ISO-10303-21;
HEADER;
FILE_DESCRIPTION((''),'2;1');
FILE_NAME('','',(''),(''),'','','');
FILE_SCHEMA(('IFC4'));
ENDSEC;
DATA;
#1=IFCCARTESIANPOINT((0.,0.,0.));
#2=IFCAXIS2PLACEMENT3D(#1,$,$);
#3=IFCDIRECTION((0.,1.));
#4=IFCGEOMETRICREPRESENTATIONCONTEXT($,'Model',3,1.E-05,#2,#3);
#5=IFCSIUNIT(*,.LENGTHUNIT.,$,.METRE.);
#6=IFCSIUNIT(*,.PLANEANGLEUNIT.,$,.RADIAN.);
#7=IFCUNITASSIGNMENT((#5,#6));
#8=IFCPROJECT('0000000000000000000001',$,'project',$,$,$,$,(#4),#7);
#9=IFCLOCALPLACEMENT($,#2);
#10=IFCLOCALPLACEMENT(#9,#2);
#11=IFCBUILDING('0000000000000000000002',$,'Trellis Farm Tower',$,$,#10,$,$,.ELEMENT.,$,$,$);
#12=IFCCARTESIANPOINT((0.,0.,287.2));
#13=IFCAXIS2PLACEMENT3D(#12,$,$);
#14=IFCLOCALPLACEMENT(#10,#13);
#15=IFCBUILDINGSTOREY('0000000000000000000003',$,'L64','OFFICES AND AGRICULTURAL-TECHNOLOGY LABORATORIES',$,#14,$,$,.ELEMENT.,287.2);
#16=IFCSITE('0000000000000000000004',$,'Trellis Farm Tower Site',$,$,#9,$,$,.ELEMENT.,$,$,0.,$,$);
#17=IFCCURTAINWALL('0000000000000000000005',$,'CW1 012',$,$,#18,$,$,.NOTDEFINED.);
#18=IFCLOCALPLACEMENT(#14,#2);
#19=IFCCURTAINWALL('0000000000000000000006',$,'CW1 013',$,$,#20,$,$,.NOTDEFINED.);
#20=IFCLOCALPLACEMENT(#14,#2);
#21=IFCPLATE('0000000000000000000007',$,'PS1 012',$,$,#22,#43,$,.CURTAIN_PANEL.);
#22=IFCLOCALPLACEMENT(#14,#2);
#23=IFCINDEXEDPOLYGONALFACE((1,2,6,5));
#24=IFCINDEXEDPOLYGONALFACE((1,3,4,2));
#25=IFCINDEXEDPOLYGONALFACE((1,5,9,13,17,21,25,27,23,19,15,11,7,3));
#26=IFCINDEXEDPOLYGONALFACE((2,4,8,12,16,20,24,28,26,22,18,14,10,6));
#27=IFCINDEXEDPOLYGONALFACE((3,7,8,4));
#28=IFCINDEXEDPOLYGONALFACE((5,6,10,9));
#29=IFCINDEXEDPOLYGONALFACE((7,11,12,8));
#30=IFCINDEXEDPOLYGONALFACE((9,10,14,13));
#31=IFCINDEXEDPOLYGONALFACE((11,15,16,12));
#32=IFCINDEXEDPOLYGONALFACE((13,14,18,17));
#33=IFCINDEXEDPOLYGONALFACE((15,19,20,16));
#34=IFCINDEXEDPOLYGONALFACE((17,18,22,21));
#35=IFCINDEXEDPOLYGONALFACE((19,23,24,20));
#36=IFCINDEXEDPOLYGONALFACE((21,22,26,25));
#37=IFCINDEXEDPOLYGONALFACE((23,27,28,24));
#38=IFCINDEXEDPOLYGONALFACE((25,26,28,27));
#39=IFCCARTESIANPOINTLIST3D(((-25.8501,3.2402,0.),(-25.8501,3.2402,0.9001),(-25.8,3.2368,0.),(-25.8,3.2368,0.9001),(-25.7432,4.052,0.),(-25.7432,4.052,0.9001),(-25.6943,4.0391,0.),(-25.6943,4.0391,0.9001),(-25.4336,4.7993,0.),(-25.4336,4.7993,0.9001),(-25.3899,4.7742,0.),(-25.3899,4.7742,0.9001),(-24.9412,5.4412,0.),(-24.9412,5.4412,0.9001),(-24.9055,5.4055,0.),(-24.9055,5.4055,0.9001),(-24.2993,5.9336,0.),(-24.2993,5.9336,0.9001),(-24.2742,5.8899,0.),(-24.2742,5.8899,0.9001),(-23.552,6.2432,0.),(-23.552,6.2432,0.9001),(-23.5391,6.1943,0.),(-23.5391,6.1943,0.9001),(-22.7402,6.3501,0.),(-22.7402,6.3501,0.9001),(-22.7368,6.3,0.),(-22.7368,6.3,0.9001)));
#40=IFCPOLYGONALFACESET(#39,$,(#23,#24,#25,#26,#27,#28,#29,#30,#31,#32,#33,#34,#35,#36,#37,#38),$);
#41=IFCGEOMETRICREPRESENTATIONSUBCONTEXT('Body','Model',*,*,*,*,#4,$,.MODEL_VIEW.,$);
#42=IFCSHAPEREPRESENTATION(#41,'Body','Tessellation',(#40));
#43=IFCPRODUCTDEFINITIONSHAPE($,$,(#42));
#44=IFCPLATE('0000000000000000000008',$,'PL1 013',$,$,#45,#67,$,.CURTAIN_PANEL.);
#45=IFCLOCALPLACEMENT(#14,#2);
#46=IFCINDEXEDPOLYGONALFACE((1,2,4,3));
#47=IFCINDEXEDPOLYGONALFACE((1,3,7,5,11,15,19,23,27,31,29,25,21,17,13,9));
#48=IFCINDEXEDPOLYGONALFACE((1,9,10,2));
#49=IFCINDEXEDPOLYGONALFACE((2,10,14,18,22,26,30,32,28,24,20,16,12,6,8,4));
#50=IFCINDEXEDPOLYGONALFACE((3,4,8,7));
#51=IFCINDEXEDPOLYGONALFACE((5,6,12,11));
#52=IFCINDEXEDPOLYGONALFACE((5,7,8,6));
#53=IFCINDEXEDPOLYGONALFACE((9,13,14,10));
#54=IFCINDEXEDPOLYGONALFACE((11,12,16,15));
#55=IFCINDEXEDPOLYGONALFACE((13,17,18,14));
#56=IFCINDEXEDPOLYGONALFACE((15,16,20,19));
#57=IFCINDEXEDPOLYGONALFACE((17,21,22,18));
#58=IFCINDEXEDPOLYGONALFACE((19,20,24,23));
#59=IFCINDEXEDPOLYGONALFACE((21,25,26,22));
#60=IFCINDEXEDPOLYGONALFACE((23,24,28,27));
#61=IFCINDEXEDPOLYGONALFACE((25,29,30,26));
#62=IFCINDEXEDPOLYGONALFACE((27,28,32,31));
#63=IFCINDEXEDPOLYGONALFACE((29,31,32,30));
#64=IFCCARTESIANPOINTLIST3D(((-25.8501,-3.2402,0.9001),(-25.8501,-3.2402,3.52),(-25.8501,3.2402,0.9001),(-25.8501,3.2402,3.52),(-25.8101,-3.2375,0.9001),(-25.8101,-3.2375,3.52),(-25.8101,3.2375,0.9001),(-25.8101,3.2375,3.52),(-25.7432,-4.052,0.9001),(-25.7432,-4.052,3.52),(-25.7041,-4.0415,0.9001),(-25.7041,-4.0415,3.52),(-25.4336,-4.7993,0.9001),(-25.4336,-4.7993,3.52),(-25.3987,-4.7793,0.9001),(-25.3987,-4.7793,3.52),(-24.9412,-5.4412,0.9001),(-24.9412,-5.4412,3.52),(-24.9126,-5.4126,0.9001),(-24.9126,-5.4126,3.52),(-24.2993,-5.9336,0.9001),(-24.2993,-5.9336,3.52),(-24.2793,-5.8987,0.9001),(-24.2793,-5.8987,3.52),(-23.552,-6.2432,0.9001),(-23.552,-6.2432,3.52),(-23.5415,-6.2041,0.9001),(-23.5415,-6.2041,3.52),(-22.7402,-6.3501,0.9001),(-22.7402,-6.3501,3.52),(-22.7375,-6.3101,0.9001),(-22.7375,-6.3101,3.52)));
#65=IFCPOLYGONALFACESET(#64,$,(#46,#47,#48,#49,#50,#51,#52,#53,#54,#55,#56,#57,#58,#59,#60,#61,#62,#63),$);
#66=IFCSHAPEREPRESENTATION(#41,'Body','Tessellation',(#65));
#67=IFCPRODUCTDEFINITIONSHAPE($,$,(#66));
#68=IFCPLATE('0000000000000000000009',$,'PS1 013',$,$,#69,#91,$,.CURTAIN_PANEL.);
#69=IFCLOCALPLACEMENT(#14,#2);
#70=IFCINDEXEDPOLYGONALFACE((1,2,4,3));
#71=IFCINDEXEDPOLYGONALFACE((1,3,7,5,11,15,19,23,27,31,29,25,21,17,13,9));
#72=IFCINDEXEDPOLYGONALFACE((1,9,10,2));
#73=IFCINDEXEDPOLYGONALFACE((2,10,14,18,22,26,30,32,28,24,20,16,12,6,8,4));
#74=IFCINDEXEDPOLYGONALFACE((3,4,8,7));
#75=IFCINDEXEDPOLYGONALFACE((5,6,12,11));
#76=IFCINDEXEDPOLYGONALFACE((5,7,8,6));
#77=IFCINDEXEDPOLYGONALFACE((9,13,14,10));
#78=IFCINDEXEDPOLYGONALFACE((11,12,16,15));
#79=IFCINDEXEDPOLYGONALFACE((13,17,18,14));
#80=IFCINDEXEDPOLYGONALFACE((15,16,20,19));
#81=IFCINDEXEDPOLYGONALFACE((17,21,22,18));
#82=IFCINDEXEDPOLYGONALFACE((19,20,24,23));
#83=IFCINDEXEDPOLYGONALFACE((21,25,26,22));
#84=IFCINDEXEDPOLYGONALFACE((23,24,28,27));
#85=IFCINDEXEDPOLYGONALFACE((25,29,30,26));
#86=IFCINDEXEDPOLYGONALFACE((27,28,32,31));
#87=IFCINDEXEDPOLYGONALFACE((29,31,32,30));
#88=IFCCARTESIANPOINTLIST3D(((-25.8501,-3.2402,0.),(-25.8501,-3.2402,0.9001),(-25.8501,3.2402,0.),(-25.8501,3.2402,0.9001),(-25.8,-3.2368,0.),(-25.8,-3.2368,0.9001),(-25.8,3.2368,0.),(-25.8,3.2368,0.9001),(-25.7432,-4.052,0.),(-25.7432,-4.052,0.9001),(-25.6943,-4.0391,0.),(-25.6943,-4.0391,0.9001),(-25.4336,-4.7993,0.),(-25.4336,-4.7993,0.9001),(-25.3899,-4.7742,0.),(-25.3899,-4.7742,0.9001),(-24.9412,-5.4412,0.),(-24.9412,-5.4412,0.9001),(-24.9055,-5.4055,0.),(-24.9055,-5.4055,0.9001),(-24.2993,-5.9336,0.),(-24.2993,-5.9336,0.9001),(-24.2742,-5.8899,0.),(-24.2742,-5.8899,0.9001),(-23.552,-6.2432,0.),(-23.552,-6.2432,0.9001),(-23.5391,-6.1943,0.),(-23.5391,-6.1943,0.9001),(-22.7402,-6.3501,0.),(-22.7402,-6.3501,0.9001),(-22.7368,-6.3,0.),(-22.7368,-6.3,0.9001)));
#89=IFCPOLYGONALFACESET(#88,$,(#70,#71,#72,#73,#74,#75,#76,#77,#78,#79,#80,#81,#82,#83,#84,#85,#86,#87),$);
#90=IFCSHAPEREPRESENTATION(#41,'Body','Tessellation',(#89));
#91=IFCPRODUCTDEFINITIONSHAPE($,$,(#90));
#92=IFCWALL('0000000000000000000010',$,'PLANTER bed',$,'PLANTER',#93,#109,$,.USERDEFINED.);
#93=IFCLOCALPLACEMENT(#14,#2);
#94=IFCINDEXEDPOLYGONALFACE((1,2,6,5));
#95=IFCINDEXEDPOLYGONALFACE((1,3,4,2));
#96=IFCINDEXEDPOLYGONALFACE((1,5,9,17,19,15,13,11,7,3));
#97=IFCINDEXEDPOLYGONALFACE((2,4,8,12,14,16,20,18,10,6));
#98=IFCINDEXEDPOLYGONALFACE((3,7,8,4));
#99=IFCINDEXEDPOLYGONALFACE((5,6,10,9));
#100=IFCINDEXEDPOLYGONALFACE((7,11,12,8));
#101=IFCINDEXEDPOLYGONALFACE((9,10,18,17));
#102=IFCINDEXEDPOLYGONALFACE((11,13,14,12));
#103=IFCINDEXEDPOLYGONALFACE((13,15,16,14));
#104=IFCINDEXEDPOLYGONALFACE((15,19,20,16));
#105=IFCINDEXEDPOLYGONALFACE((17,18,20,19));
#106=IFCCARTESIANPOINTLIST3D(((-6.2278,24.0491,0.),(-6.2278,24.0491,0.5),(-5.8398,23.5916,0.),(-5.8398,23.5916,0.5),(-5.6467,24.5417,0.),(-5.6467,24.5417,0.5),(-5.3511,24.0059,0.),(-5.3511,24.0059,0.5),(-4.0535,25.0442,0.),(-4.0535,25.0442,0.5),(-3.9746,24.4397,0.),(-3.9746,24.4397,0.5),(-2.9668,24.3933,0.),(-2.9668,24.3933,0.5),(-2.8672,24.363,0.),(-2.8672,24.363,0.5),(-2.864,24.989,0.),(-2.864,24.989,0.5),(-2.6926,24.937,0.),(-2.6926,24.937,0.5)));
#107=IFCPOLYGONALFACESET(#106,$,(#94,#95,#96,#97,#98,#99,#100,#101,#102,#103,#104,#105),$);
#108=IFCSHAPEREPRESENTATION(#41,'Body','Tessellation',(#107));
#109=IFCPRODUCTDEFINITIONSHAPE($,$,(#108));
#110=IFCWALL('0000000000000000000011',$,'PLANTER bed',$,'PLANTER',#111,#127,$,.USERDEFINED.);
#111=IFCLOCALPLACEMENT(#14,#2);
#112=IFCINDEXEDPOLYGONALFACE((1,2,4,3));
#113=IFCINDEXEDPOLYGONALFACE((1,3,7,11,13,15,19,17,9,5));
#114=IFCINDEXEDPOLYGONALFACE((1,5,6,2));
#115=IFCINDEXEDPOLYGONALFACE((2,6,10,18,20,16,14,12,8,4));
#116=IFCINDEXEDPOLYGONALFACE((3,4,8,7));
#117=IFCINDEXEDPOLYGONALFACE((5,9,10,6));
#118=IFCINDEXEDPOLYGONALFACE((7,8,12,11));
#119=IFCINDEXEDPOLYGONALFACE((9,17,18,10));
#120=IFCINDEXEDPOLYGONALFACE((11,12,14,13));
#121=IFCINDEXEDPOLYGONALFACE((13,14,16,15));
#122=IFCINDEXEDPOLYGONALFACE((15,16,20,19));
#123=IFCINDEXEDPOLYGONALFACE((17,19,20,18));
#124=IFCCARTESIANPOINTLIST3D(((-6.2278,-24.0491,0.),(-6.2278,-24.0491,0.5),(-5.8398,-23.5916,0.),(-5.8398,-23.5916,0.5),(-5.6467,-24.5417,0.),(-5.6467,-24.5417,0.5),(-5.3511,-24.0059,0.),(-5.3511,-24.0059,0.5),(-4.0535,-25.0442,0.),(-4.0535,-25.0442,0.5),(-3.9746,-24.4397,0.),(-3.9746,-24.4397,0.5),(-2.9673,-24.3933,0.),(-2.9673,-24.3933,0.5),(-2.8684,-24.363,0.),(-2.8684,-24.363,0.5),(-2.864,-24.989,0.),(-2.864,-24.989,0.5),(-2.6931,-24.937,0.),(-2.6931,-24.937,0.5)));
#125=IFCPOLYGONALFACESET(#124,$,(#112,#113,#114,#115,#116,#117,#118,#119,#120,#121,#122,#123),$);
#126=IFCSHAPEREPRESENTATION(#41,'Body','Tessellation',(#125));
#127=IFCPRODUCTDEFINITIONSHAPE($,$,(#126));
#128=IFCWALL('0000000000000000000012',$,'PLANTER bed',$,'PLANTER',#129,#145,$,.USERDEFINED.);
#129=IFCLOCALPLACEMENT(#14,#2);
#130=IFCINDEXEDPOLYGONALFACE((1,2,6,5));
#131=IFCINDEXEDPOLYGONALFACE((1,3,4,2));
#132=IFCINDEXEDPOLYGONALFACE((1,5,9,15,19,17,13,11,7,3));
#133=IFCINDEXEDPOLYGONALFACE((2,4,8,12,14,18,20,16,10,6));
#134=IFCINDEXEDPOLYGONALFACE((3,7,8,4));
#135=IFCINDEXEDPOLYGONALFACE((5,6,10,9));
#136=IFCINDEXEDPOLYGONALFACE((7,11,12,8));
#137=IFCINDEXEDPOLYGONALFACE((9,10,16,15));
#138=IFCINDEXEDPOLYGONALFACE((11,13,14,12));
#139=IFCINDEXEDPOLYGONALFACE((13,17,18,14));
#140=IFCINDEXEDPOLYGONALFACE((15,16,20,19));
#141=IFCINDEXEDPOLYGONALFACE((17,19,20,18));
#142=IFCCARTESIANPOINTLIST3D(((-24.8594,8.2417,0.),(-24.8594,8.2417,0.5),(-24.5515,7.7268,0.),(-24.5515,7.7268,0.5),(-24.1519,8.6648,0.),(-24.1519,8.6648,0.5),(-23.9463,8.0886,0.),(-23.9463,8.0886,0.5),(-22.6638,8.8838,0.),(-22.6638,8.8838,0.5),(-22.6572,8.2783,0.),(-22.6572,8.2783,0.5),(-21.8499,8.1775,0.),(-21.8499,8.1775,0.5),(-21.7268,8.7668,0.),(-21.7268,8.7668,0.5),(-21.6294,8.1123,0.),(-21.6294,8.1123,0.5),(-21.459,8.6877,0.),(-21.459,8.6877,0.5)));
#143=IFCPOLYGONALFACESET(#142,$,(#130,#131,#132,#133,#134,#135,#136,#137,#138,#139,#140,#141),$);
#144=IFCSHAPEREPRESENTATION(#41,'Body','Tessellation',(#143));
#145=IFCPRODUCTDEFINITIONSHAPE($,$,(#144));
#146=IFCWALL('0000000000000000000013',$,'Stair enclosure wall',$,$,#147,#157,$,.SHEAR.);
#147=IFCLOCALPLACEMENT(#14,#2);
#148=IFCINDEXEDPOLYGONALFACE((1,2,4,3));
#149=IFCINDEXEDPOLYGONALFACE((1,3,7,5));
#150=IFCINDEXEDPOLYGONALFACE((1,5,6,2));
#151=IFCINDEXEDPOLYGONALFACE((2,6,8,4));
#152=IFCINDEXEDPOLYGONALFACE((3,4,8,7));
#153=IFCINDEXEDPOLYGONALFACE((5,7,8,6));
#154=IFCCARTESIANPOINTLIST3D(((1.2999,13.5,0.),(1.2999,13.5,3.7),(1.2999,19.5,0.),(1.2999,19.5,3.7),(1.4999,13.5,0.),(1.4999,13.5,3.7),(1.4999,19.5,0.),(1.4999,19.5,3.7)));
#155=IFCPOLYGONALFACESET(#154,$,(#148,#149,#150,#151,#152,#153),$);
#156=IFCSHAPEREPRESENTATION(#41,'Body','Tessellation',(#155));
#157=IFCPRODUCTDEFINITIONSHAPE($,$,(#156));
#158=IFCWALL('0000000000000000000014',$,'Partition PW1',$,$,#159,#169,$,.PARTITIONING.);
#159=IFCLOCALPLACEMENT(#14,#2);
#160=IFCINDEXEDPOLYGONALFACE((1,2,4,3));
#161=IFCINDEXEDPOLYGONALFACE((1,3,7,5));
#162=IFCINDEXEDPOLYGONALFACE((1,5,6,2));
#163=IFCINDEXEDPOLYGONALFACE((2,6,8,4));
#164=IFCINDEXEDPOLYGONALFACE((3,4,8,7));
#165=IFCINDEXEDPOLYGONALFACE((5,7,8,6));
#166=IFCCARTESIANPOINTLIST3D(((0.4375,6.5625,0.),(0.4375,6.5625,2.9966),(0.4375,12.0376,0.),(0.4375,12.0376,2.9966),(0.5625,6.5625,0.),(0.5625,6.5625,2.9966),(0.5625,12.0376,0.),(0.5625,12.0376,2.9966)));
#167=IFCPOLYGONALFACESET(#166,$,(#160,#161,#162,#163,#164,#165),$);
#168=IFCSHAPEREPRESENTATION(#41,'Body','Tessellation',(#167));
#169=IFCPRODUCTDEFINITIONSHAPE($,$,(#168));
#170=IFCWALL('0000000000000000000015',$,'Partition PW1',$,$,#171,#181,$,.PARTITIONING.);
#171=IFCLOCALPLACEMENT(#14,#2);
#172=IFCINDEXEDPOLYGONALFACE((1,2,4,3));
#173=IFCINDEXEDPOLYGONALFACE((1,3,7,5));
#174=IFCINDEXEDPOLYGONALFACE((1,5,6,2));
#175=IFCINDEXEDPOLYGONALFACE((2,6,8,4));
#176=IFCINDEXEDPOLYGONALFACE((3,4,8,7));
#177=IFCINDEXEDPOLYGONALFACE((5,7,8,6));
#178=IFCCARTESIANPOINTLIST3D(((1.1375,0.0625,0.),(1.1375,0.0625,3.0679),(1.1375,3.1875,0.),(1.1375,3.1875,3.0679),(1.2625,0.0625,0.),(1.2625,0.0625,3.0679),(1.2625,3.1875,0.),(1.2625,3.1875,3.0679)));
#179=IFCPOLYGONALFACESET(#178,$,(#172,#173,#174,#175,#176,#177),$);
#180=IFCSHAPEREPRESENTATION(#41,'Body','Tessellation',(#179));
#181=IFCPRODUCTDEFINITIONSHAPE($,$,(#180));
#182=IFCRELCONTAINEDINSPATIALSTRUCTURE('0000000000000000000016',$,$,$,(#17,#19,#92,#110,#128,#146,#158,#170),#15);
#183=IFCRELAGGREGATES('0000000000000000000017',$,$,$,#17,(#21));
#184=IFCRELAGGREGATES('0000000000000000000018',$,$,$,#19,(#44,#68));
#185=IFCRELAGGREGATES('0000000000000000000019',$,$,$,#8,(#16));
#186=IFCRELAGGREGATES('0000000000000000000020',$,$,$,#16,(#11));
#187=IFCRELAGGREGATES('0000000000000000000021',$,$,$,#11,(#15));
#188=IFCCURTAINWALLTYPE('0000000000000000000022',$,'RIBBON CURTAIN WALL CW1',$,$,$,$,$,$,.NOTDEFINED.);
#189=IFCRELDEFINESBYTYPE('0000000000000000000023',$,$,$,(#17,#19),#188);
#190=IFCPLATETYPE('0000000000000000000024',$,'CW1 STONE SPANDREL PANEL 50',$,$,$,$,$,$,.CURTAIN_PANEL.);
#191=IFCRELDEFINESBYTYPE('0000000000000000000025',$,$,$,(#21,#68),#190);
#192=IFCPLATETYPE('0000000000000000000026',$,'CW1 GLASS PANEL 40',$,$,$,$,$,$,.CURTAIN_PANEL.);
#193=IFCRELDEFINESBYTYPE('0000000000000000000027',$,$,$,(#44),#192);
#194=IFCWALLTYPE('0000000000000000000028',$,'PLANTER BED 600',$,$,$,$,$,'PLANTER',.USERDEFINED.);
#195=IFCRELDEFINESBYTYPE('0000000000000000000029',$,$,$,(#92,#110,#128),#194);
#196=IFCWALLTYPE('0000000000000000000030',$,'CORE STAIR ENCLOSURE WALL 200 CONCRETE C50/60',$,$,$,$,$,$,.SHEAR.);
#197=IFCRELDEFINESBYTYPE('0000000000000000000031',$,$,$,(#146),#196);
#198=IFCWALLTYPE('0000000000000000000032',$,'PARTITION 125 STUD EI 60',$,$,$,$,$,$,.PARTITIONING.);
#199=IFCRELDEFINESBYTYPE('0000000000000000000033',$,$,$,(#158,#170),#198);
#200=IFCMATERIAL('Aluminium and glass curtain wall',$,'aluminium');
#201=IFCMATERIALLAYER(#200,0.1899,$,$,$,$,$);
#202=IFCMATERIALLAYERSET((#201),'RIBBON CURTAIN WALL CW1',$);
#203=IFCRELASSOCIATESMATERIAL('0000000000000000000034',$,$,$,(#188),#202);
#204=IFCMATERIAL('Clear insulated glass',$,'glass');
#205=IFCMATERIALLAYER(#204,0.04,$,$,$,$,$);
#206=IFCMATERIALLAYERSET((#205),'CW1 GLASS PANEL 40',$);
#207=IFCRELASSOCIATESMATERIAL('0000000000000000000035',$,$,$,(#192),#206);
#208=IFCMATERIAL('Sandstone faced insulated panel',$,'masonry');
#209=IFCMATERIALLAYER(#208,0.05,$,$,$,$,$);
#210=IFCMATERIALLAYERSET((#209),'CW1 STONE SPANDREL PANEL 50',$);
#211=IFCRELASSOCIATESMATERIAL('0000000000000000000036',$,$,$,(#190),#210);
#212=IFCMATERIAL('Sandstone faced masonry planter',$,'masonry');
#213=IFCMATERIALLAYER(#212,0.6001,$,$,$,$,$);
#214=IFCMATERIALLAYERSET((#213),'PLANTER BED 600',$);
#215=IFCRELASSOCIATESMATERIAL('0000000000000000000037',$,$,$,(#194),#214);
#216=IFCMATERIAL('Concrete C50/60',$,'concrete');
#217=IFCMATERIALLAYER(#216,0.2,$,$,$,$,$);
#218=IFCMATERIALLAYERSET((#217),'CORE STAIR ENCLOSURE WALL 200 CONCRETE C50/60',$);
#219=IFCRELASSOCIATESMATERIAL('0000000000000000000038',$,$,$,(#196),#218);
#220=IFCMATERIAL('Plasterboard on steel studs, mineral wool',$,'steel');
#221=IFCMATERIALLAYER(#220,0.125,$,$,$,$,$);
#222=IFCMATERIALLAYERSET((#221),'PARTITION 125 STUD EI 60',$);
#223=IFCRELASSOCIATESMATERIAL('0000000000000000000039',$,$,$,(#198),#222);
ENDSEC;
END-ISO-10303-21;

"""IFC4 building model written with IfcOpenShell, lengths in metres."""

from ifc_helpers import new_model, si_unit, direction, frame, frame_2d, origin, place, context, subcontext, project, spatial, polyline, rectangle, outline, extrude, source, transform, mapped, material, layer, layer_set, type_object, element, aggregate, save


model = new_model("IFC4")

# Units and contexts
model_context = context("Model", 3, precision=1e-05, world=origin(), true_north=direction((0.0, 1.0)))
body_context = subcontext(model_context, "Body", "Model", "MODEL_VIEW")
ifc_project = project(units=[si_unit("LENGTHUNIT", "METRE"), si_unit("PLANEANGLEUNIT", "RADIAN")], contexts=[model_context])

# Site, building, storey
site_placement = place(None, origin())
site = spatial("IfcSite", under=ifc_project, at=site_placement, Name="Trellis Farm Tower Site", CompositionType="ELEMENT", RefElevation=0.0)
building_placement = place(site_placement, origin())
building = spatial("IfcBuilding", under=site, at=building_placement, Name="Trellis Farm Tower", CompositionType="ELEMENT")
storey_placement = place(building_placement, frame((0.0, 0.0, 287.2)))
storey = spatial("IfcBuildingStorey", under=building, at=storey_placement, Name="L64", Description="OFFICES AND AGRICULTURAL-TECHNOLOGY LABORATORIES", CompositionType="ELEMENT", Elevation=287.2)

# Curtain walls
ifc_material_1 = material(Name="Aluminium and glass curtain wall", Category="aluminium")
placement_1 = place(storey_placement, origin())
ifc_layer_1 = layer(ifc_material_1, 0.1899)
ifc_layer_set_1 = layer_set([ifc_layer_1], Name="RIBBON CURTAIN WALL CW1")
curtain_wall_type_1 = type_object("IfcCurtainWallType", Name="RIBBON CURTAIN WALL CW1", PredefinedType="NOTDEFINED", material=ifc_layer_set_1)
curtain_wall_1 = element("IfcCurtainWall", 1, at=placement_1, inside=storey, type_object=curtain_wall_type_1, Name="CW1 012", PredefinedType="NOTDEFINED")
curtain_wall_2 = element("IfcCurtainWall", 2, at=placement_1, inside=storey, type_object=curtain_wall_type_1, Name="CW1 013", PredefinedType="NOTDEFINED")

# Plates
ifc_material_2 = material(Name="Clear insulated glass", Category="glass")
ifc_layer_2 = layer(ifc_material_2, 0.04)
ifc_layer_set_2 = layer_set([ifc_layer_2], Name="CW1 GLASS PANEL 40")
plate_type_1 = type_object("IfcPlateType", Name="CW1 GLASS PANEL 40", PredefinedType="CURTAIN_PANEL", material=ifc_layer_set_2)
placement_2 = place(storey_placement, frame((0.0, 0.0, 0.9001)))
ifc_material_3 = material(Name="Sandstone faced insulated panel", Category="masonry")
ifc_layer_3 = layer(ifc_material_3, 0.05)
ifc_layer_set_3 = layer_set([ifc_layer_3], Name="CW1 STONE SPANDREL PANEL 50")
plate_type_2 = type_object("IfcPlateType", Name="CW1 STONE SPANDREL PANEL 50", PredefinedType="CURTAIN_PANEL", material=ifc_layer_set_3)
shared_shape_1 = source(origin(), body_context, "Body", "SweptSolid", [
    extrude(outline(polyline([(-22.7402, 6.3501), (-23.552, 6.2432), (-24.2993, 5.9336), (-24.9412, 5.4412), (-25.4336, 4.7993), (-25.7432, 4.052), (-25.8501, 3.2402), (-25.8, 3.2368), (-25.6943, 4.0391), (-25.3899, 4.7742), (-24.9055, 5.4055), (-24.2742, 5.8899), (-23.5391, 6.1943), (-22.7368, 6.3), (-22.7402, 6.3501)])), origin(), (0.0, 0.0, 1.0), 0.9001),
])
plate_1 = element("IfcPlate", 3, at=placement_1, type_object=plate_type_2, Name="PS1 012", PredefinedType="CURTAIN_PANEL", context=body_context, shape_type="MappedRepresentation", body=[
    mapped(shared_shape_1, transform((0.0, 0.0, 0.0))),
])
aggregate(curtain_wall_1, [plate_1])
shared_shape_2 = source(origin(), body_context, "Body", "SweptSolid", [
    extrude(outline(polyline([(-25.8501, 3.2402), (-25.8501, -3.2402), (-25.7432, -4.052), (-25.4336, -4.7993), (-24.9412, -5.4412), (-24.2993, -5.9336), (-23.552, -6.2432), (-22.7402, -6.3501), (-22.7375, -6.3101), (-23.5415, -6.2041), (-24.2793, -5.8987), (-24.9126, -5.4126), (-25.3987, -4.7793), (-25.7041, -4.0415), (-25.8101, -3.2375), (-25.8101, 3.2375), (-25.8501, 3.2402)])), origin(), (0.0, 0.0, 1.0), 2.6199),
])
plate_2 = element("IfcPlate", 4, at=placement_2, type_object=plate_type_1, Name="PL1 013", PredefinedType="CURTAIN_PANEL", context=body_context, shape_type="MappedRepresentation", body=[
    mapped(shared_shape_2, transform((0.0, 0.0, 0.0))),
])
shared_shape_3 = source(origin(), body_context, "Body", "SweptSolid", [
    extrude(outline(polyline([(-25.8501, 3.2402), (-25.8501, -3.2402), (-25.7432, -4.052), (-25.4336, -4.7993), (-24.9412, -5.4412), (-24.2993, -5.9336), (-23.552, -6.2432), (-22.7402, -6.3501), (-22.7368, -6.3), (-23.5391, -6.1943), (-24.2742, -5.8899), (-24.9055, -5.4055), (-25.3899, -4.7742), (-25.6943, -4.0391), (-25.8, -3.2368), (-25.8, 3.2368), (-25.8501, 3.2402)])), origin(), (0.0, 0.0, 1.0), 0.9001),
])
plate_3 = element("IfcPlate", 5, at=placement_1, type_object=plate_type_2, Name="PS1 013", PredefinedType="CURTAIN_PANEL", context=body_context, shape_type="MappedRepresentation", body=[
    mapped(shared_shape_3, transform((0.0, 0.0, 0.0))),
])
aggregate(curtain_wall_2, [plate_2, plate_3])

# Walls
ifc_material_4 = material(Name="Sandstone faced masonry planter", Category="masonry")
ifc_layer_4 = layer(ifc_material_4, 0.6001)
ifc_layer_set_4 = layer_set([ifc_layer_4], Name="PLANTER BED 600")
wall_type_1 = type_object("IfcWallType", Name="PLANTER BED 600", ElementType="PLANTER", PredefinedType="USERDEFINED", material=ifc_layer_set_4)
element("IfcWall", 6, at=placement_1, inside=storey, type_object=wall_type_1, Name="PLANTER bed", ObjectType="PLANTER", PredefinedType="USERDEFINED", context=body_context, shape_type="SweptSolid", body=[
    extrude(outline(polyline([(-5.6467, 24.5417), (-4.0535, 25.0442), (-2.864, 24.989), (-2.6926, 24.937), (-2.8672, 24.363), (-2.9668, 24.3933), (-3.9746, 24.4397), (-5.3511, 24.0059), (-5.8398, 23.5916), (-6.2278, 24.0491), (-5.6467, 24.5417)])), origin(), (0.0, 0.0, 1.0), 0.5),
])
element("IfcWall", 7, at=placement_1, inside=storey, type_object=wall_type_1, Name="PLANTER bed", ObjectType="PLANTER", PredefinedType="USERDEFINED", context=body_context, shape_type="SweptSolid", body=[
    extrude(outline(polyline([(-4.0535, -25.0442), (-5.6467, -24.5417), (-6.2278, -24.0491), (-5.8398, -23.5916), (-5.3511, -24.0059), (-3.9746, -24.4397), (-2.9673, -24.3933), (-2.8684, -24.363), (-2.6931, -24.937), (-2.864, -24.989), (-4.0535, -25.0442)])), origin(), (0.0, 0.0, 1.0), 0.5),
])
element("IfcWall", 8, at=placement_1, inside=storey, type_object=wall_type_1, Name="PLANTER bed", ObjectType="PLANTER", PredefinedType="USERDEFINED", context=body_context, shape_type="SweptSolid", body=[
    extrude(outline(polyline([(-22.6638, 8.8838), (-21.7268, 8.7668), (-21.459, 8.6877), (-21.6294, 8.1123), (-21.8499, 8.1775), (-22.6572, 8.2783), (-23.9463, 8.0886), (-24.5515, 7.7268), (-24.8594, 8.2417), (-24.1519, 8.6648), (-22.6638, 8.8838)])), origin(), (0.0, 0.0, 1.0), 0.5),
])
ifc_material_5 = material(Name="Concrete C50/60", Category="concrete")
ifc_layer_5 = layer(ifc_material_5, 0.2)
ifc_layer_set_5 = layer_set([ifc_layer_5], Name="CORE STAIR ENCLOSURE WALL 200 CONCRETE C50/60")
wall_type_2 = type_object("IfcWallType", Name="CORE STAIR ENCLOSURE WALL 200 CONCRETE C50/60", PredefinedType="SHEAR", material=ifc_layer_set_5)
shared_shape_4 = source(origin(), body_context, "Body", "SweptSolid", [
    extrude(rectangle(XDim=6.0, YDim=0.2, at=frame_2d((3.0, 0.0))), origin(), (0.0, 0.0, 1.0), 3.7),
])
wall_1_placement = place(storey_placement, frame((1.3999, 13.5, 0.0), z_axis=(0.0, 0.0, 1.0), x_axis=(0.0, 1.0, 0.0)))
element("IfcWall", 9, at=wall_1_placement, inside=storey, type_object=wall_type_2, Name="Stair enclosure wall", PredefinedType="SHEAR", context=body_context, shape_type="MappedRepresentation", body=[
    mapped(shared_shape_4, transform((0.0, 0.0, 0.0))),
])
ifc_material_6 = material(Name="Plasterboard on steel studs, mineral wool", Category="steel")
ifc_layer_6 = layer(ifc_material_6, 0.125)
ifc_layer_set_6 = layer_set([ifc_layer_6], Name="PARTITION 125 STUD EI 60")
wall_type_3 = type_object("IfcWallType", Name="PARTITION 125 STUD EI 60", PredefinedType="PARTITIONING", material=ifc_layer_set_6)
shared_shape_5 = source(origin(), body_context, "Body", "SweptSolid", [
    extrude(rectangle(XDim=5.4751, YDim=0.125, at=frame_2d((2.7375, 0.0))), origin(), (0.0, 0.0, 1.0), 2.9966),
])
wall_2_placement = place(storey_placement, frame((0.5, 12.0376, 0.0), z_axis=(0.0, 0.0, 1.0), x_axis=(0.0, -1.0, 0.0)))
element("IfcWall", 10, at=wall_2_placement, inside=storey, type_object=wall_type_3, Name="Partition PW1", PredefinedType="PARTITIONING", context=body_context, shape_type="MappedRepresentation", body=[
    mapped(shared_shape_5, transform((0.0, 0.0, 0.0))),
])
shared_shape_6 = source(origin(), body_context, "Body", "SweptSolid", [
    extrude(rectangle(XDim=3.125, YDim=0.125, at=frame_2d((1.5625, 0.0))), origin(), (0.0, 0.0, 1.0), 3.0679),
])
wall_3_placement = place(storey_placement, frame((1.2, 3.1875, 0.0), z_axis=(0.0, 0.0, 1.0), x_axis=(0.0, -1.0, 0.0)))
element("IfcWall", 11, at=wall_3_placement, inside=storey, type_object=wall_type_3, Name="Partition PW1", PredefinedType="PARTITIONING", context=body_context, shape_type="MappedRepresentation", body=[
    mapped(shared_shape_6, transform((0.0, 0.0, 0.0))),
])

save(model, "model.ifc")
